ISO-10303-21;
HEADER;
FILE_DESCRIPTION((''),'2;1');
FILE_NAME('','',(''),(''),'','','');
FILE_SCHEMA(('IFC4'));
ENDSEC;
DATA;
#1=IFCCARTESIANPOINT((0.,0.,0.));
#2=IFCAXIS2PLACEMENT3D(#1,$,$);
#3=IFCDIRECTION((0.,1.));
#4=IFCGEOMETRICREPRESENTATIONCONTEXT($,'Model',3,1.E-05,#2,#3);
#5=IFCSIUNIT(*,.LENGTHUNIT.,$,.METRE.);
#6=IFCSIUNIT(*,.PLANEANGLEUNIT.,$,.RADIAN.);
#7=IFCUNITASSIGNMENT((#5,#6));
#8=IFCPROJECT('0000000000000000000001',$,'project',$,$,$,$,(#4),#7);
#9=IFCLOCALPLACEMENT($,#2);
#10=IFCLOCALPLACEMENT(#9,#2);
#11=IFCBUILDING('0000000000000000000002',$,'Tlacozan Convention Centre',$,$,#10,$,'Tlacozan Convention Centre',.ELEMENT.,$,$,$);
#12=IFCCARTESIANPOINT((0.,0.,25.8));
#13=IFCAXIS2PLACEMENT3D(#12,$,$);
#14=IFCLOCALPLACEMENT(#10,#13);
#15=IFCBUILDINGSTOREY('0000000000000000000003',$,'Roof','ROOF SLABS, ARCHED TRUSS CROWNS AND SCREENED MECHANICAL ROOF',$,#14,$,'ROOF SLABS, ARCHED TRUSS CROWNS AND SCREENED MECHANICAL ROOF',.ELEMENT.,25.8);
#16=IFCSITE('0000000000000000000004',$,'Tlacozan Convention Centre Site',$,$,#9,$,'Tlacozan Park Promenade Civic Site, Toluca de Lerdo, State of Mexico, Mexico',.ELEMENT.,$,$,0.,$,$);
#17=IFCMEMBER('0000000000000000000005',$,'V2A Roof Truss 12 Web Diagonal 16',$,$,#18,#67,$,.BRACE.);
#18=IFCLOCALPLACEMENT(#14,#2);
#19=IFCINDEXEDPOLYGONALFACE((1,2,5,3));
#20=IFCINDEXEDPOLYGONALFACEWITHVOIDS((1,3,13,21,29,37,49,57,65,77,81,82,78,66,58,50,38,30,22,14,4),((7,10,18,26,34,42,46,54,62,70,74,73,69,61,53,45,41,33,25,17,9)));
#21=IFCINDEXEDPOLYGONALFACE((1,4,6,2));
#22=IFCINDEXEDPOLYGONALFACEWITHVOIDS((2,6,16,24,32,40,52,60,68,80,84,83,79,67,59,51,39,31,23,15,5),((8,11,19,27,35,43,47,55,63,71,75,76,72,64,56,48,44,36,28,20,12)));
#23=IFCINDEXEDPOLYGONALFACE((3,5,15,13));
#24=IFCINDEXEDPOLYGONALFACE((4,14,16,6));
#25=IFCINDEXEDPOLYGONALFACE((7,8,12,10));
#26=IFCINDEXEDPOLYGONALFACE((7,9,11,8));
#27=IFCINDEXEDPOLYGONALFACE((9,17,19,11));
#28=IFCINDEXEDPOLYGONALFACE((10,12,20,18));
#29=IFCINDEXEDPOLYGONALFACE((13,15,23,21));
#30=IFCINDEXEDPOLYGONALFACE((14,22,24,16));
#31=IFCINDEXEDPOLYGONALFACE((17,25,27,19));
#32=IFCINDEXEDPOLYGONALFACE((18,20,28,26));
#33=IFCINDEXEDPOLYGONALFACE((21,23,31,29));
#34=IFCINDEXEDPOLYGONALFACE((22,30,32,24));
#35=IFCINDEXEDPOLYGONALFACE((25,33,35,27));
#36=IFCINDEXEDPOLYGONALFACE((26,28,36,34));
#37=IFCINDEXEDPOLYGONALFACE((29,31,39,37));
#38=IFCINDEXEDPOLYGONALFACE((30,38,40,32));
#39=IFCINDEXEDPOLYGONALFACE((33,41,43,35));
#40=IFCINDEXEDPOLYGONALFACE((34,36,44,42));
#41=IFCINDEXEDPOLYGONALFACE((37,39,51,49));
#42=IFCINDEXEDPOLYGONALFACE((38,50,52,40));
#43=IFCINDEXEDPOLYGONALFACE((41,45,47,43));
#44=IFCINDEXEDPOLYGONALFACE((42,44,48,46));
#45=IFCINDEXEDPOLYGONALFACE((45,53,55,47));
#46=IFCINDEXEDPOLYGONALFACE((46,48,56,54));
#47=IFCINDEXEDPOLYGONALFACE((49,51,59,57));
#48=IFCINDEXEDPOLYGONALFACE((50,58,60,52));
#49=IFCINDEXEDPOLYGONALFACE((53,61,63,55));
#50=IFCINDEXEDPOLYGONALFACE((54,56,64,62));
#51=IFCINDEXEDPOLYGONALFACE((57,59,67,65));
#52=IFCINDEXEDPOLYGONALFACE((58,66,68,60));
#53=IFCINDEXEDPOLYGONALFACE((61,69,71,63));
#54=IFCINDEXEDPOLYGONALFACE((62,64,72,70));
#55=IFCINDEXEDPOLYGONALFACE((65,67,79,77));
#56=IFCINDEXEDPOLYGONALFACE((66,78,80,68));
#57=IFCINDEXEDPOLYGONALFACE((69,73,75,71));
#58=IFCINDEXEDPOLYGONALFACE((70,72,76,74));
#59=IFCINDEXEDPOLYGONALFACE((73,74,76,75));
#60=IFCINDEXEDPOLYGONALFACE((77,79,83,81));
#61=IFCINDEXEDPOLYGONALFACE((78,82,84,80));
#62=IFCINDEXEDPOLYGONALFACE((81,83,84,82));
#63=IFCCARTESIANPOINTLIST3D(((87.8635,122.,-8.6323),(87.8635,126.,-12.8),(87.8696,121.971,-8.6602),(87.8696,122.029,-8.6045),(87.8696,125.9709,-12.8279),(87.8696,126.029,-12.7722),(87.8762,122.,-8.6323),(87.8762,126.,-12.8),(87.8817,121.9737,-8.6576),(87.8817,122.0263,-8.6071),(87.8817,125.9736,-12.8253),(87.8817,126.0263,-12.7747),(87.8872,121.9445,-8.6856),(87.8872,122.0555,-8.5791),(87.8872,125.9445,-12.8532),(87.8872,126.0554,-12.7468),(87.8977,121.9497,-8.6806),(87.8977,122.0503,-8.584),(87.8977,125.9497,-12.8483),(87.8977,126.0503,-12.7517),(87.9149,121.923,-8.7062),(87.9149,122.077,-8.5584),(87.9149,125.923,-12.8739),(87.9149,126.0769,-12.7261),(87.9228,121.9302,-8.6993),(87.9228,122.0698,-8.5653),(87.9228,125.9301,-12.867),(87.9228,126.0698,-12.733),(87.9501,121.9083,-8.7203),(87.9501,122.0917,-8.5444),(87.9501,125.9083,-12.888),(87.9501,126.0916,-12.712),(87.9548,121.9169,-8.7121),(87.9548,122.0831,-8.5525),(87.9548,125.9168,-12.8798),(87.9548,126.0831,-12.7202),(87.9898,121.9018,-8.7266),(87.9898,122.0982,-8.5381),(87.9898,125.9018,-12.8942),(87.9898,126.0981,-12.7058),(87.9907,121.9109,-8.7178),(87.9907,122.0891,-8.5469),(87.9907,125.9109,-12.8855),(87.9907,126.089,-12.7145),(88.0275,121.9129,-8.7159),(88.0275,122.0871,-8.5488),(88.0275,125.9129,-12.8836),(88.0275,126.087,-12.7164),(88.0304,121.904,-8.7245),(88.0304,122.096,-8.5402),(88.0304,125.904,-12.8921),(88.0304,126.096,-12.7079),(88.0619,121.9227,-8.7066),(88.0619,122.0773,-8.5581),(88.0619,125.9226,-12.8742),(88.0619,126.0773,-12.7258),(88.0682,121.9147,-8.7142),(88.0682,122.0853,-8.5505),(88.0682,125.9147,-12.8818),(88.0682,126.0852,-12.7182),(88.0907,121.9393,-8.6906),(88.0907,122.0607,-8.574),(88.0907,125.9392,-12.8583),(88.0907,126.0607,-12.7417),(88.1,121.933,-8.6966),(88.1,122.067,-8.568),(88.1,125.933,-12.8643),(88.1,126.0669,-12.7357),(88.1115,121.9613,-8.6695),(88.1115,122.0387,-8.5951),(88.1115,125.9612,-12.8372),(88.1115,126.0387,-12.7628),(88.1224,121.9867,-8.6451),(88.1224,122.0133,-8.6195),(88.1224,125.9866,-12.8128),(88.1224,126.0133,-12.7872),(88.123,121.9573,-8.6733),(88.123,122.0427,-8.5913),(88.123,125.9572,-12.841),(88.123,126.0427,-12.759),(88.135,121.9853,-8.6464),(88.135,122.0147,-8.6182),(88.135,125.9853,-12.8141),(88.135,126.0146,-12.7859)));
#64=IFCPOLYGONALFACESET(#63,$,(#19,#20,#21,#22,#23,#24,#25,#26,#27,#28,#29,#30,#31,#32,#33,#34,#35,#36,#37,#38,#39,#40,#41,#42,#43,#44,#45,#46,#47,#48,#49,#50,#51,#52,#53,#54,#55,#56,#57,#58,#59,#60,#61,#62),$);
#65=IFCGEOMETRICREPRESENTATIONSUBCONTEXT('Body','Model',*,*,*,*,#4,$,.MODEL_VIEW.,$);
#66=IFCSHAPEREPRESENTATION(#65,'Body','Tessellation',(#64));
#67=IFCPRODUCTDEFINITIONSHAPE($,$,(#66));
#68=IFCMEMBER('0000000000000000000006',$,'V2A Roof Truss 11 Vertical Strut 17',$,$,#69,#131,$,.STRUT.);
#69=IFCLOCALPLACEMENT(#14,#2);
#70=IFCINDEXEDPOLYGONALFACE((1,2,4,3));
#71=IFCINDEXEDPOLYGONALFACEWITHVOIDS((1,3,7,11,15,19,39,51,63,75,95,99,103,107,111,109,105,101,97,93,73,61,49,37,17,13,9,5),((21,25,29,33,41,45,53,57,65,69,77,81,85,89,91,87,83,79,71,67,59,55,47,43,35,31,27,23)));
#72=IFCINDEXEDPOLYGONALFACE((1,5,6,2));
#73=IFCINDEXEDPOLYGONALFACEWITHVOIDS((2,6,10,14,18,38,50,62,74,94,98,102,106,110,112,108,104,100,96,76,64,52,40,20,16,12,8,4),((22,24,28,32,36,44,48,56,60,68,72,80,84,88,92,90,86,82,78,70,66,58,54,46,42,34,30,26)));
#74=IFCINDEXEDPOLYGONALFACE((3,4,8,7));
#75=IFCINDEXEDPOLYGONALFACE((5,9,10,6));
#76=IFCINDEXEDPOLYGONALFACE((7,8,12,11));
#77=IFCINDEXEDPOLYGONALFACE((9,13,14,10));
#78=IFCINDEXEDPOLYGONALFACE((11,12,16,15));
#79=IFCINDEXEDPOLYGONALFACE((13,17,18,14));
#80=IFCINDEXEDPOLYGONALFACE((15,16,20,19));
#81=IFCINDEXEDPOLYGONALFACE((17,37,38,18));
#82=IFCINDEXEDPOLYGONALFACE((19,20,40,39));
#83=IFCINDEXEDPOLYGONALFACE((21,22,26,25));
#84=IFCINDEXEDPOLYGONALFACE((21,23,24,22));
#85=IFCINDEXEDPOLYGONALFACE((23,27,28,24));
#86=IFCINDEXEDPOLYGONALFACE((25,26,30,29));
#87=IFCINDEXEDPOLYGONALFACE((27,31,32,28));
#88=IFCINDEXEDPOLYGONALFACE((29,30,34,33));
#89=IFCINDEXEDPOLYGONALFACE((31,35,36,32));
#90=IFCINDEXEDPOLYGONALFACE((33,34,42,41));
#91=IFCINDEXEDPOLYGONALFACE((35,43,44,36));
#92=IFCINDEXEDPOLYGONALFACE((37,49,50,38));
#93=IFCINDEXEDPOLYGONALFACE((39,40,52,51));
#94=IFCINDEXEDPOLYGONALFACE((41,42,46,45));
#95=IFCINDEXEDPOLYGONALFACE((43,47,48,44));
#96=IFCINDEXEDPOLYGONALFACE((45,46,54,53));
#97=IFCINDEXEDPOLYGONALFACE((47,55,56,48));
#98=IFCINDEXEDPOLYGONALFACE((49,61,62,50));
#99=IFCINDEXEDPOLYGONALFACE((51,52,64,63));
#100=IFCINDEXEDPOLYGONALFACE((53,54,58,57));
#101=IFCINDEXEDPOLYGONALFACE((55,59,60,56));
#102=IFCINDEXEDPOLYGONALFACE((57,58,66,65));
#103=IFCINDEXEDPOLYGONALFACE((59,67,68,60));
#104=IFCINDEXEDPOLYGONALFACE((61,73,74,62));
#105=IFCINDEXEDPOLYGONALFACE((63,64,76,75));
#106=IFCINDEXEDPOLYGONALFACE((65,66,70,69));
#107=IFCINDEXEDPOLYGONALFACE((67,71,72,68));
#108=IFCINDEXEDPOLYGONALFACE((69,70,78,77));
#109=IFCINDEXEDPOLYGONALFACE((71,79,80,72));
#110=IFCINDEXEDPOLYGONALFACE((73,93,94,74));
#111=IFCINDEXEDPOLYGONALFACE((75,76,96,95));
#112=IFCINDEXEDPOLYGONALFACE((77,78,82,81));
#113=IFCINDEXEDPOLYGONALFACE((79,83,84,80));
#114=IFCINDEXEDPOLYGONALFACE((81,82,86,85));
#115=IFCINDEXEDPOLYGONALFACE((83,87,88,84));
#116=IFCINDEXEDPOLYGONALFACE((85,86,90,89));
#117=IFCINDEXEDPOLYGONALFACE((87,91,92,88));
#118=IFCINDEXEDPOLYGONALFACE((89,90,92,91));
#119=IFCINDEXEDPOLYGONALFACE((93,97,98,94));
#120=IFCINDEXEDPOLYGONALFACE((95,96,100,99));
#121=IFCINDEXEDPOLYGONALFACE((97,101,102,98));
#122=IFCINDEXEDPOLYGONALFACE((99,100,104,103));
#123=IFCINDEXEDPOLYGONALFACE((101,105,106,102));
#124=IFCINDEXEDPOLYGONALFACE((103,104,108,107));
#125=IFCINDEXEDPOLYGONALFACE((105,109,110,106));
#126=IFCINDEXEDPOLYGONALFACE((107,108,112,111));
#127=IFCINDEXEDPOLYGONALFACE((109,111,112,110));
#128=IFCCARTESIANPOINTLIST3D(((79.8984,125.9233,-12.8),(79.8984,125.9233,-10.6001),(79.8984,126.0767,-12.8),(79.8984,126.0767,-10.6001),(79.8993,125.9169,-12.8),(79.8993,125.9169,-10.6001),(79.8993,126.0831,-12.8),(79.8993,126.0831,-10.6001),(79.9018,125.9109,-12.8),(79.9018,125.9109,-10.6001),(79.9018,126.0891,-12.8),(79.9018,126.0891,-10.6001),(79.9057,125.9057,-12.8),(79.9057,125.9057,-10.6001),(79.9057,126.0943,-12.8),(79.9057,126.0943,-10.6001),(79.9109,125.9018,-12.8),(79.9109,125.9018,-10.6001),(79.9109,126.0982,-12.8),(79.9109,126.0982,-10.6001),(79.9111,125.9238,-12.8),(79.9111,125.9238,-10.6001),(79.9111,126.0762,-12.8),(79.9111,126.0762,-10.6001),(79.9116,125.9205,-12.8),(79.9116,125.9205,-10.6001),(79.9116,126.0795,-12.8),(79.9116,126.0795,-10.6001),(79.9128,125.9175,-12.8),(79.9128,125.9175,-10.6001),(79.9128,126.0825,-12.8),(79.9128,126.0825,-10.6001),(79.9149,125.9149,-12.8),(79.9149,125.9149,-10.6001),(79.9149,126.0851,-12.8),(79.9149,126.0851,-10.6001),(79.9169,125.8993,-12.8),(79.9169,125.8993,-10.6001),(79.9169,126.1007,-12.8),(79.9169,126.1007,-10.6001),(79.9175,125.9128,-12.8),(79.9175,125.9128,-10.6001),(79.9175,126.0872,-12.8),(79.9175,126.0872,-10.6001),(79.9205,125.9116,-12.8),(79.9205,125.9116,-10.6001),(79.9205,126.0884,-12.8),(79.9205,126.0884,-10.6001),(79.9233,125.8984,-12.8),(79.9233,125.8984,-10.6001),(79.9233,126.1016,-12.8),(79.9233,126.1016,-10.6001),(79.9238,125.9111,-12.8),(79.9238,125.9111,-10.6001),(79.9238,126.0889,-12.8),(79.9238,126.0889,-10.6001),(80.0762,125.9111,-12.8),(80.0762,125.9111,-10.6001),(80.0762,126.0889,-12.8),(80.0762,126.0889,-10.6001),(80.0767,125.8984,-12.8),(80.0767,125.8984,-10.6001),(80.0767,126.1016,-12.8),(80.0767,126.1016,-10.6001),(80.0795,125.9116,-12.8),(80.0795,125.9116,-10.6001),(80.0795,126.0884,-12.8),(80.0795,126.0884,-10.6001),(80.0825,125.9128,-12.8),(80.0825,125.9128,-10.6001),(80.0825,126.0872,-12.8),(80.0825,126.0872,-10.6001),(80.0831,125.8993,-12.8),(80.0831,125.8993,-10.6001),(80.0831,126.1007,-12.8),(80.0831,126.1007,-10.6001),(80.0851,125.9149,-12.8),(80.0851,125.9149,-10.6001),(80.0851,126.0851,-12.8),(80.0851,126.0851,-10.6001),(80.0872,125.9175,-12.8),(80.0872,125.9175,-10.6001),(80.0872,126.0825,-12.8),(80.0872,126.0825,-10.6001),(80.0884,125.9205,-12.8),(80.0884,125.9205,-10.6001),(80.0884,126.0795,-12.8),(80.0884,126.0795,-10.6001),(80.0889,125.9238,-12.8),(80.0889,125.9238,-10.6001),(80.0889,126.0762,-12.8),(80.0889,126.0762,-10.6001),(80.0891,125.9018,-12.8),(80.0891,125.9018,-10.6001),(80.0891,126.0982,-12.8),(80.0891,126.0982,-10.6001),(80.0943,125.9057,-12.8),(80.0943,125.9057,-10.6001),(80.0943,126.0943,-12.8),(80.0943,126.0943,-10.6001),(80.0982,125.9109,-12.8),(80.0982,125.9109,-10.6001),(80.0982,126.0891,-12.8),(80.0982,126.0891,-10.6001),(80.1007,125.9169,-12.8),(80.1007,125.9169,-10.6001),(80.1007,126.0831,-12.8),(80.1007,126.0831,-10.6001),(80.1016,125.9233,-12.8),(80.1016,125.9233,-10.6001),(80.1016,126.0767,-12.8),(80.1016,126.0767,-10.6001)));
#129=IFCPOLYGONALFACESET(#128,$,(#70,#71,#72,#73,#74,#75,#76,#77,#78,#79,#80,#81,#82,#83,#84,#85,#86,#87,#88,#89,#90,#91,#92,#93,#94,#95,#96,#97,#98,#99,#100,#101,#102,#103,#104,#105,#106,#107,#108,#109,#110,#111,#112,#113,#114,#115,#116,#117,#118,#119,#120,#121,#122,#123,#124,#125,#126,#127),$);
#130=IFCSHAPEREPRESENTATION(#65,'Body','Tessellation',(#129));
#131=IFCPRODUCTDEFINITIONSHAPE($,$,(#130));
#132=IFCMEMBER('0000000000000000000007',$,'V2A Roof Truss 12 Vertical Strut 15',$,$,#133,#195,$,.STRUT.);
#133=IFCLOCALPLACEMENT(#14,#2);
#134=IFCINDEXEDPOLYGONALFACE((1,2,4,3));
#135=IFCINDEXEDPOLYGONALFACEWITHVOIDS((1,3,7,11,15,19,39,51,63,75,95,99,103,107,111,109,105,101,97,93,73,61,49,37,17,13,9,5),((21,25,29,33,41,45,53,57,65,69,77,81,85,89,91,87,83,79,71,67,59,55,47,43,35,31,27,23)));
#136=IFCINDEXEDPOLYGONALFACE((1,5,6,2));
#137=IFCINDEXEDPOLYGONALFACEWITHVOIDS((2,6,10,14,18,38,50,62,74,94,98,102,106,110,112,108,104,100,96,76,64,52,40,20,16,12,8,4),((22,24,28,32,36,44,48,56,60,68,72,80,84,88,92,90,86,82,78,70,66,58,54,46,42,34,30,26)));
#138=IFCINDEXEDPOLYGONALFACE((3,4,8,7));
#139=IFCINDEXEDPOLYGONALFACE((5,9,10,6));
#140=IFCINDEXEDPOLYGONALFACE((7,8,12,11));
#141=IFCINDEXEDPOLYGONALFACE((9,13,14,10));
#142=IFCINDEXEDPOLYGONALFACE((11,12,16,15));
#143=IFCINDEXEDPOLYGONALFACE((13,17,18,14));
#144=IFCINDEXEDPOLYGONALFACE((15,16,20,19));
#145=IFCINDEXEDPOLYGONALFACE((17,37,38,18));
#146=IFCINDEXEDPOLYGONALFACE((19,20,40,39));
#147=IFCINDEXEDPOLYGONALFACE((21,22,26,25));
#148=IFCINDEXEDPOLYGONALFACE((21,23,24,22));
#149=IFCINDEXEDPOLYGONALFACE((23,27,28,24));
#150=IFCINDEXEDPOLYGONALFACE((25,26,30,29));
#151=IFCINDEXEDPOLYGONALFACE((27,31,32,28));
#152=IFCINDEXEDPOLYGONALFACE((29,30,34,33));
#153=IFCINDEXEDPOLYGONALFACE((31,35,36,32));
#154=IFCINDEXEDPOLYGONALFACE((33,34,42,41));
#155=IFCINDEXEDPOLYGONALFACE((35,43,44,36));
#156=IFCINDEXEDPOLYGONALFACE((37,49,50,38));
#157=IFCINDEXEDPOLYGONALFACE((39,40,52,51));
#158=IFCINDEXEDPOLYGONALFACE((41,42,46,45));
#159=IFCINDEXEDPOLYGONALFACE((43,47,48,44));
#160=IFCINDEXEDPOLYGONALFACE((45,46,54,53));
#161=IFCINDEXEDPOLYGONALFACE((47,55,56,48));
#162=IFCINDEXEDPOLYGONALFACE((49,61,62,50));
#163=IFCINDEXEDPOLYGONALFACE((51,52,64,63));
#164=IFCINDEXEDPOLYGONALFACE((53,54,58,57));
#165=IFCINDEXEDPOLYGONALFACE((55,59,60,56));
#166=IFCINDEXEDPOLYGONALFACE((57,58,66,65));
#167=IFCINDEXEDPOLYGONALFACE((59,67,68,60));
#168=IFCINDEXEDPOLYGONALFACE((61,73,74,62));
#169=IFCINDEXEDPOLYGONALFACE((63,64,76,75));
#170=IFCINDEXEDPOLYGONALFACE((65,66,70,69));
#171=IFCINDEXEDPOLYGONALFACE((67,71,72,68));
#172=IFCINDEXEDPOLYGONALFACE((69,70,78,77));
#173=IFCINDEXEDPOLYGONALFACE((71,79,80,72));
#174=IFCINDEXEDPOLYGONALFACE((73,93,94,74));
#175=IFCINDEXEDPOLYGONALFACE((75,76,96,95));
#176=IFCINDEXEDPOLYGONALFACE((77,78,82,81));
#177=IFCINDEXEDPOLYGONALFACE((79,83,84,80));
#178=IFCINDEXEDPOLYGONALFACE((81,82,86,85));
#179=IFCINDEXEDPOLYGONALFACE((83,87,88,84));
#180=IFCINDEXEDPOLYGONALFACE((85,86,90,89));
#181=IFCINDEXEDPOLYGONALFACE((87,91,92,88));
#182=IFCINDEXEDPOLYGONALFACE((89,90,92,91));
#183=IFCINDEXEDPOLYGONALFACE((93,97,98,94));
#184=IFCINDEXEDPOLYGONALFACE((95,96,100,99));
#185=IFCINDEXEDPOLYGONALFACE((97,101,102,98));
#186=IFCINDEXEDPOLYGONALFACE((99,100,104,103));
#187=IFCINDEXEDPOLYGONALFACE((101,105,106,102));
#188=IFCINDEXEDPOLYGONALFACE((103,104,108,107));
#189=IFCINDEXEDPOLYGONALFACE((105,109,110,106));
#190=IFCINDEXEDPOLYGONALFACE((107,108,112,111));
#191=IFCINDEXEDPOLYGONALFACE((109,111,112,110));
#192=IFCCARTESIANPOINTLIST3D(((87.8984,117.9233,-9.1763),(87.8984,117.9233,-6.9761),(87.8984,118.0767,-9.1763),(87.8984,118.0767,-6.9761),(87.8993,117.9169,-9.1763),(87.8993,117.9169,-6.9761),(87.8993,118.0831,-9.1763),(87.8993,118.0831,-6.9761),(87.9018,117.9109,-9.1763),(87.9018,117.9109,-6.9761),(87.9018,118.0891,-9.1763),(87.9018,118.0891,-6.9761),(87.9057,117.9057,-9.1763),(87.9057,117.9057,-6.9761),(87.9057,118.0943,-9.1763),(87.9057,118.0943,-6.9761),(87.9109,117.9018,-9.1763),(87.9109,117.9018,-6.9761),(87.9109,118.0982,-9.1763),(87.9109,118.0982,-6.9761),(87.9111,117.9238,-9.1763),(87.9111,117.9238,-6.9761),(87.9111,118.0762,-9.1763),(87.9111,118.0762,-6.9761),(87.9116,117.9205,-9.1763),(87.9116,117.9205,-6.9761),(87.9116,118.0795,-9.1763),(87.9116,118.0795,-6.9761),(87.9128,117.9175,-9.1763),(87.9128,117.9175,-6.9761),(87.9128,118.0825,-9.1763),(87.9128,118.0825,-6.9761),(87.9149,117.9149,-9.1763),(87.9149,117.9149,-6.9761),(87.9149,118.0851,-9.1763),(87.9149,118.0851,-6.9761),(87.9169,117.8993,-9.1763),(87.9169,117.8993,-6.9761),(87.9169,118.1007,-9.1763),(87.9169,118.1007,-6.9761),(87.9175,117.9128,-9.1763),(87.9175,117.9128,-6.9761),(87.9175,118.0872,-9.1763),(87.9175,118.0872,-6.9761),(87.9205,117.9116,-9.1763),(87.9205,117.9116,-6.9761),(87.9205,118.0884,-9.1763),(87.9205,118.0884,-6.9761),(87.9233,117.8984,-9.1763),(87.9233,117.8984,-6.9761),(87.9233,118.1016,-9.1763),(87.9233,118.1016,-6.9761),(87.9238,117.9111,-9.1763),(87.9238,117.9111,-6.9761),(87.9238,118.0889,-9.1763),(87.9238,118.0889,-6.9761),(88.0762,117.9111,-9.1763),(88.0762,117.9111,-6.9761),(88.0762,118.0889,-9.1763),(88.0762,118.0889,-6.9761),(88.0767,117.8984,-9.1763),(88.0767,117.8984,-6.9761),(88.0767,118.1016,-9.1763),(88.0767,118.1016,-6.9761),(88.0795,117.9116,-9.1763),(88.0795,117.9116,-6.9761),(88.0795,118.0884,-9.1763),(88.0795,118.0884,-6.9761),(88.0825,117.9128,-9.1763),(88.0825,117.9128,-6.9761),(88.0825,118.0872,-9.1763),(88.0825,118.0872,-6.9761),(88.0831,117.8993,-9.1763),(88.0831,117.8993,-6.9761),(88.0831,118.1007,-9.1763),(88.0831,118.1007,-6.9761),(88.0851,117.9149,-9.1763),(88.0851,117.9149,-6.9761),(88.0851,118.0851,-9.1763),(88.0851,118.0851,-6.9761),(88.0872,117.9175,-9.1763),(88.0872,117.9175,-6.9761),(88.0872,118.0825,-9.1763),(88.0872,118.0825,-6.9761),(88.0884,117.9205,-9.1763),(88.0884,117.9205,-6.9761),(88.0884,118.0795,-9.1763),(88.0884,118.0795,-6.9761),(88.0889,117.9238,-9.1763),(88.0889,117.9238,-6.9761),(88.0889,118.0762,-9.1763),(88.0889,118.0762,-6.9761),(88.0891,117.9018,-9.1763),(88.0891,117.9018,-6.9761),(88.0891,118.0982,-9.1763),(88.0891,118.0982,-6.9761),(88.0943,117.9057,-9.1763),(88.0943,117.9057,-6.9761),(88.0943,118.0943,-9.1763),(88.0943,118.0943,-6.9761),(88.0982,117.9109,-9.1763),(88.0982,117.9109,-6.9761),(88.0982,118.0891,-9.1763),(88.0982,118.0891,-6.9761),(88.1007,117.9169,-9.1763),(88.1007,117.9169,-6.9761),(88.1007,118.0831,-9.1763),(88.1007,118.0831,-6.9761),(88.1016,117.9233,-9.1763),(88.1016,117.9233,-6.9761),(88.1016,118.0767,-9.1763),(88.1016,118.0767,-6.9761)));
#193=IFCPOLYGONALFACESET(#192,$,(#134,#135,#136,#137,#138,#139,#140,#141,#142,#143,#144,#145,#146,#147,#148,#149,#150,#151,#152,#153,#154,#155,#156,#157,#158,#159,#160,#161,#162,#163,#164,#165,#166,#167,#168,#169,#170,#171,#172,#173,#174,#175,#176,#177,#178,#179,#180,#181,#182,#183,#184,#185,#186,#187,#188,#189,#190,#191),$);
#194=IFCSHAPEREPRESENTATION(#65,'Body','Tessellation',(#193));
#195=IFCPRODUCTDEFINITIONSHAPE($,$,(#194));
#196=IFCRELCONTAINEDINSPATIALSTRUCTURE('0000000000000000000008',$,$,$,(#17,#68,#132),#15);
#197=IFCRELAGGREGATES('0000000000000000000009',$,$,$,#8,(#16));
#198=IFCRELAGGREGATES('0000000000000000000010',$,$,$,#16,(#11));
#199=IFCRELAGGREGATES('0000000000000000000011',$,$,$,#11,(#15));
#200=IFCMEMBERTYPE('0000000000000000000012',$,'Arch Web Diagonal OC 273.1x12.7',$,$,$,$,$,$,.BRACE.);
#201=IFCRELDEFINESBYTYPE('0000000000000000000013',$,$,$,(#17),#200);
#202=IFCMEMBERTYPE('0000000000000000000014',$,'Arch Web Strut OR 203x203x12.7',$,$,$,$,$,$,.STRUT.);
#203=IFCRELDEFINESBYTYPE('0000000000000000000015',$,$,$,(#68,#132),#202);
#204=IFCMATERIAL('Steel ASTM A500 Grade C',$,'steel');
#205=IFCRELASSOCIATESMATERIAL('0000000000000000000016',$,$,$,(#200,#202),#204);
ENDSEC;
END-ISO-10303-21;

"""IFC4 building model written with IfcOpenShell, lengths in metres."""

from ifc_helpers import new_model, si_unit, direction, frame, origin, origin_2d, place, context, subcontext, project, spatial, hollow_rectangle, hollow_circle, extrude, material, material_profile, profile_set, type_object, element, save


model = new_model("IFC4")

# Units and contexts
model_context = context("Model", 3, precision=1e-05, world=origin(), true_north=direction((0.0, 1.0)))
body_context = subcontext(model_context, "Body", "Model", "MODEL_VIEW")
ifc_project = project(units=[si_unit("LENGTHUNIT", "METRE"), si_unit("PLANEANGLEUNIT", "RADIAN")], contexts=[model_context])

# Site, building, storey
site_placement = place(None, origin())
site = spatial("IfcSite", under=ifc_project, at=site_placement, Name="Tlacozan Convention Centre Site", LongName="Tlacozan Park Promenade Civic Site, Toluca de Lerdo, State of Mexico, Mexico", CompositionType="ELEMENT", RefElevation=0.0)
building_placement = place(site_placement, origin())
building = spatial("IfcBuilding", under=site, at=building_placement, Name="Tlacozan Convention Centre", LongName="Tlacozan Convention Centre", CompositionType="ELEMENT")
storey_placement = place(building_placement, frame((0.0, 0.0, 25.8)))
storey = spatial("IfcBuildingStorey", under=building, at=storey_placement, Name="Roof", Description="ROOF SLABS, ARCHED TRUSS CROWNS AND SCREENED MECHANICAL ROOF", LongName="ROOF SLABS, ARCHED TRUSS CROWNS AND SCREENED MECHANICAL ROOF", CompositionType="ELEMENT", Elevation=25.8)

# Members
ifc_material_1 = material(Name="Steel ASTM A500 Grade C", Category="steel")
ifc_material_profile_1 = material_profile(ifc_material_1, hollow_circle(Radius=0.1365, WallThickness=0.0127, at=origin_2d()), Name="OC 273.1x12.7")
ifc_profile_set_1 = profile_set([ifc_material_profile_1], Name="Steel ASTM A500 Grade C")
member_type_1 = type_object("IfcMemberType", Name="Arch Web Diagonal OC 273.1x12.7", PredefinedType="BRACE", material=ifc_profile_set_1)
for number, where, z_axis, x_axis, name in (
    (1, (88.0, 122.0, -8.6323), (0.0, 0.69244, -0.721475), (-1.0, 0.0, 0.0), "V2A Roof Truss 12 Web Diagonal 16"),
):
    element("IfcMember", number, at=place(storey_placement, frame(where, z_axis=z_axis, x_axis=x_axis)), inside=storey, type_object=member_type_1, Name=name, PredefinedType="BRACE", context=body_context, shape_type="SweptSolid", body=[
        extrude(hollow_circle(Radius=0.1365, WallThickness=0.0127, at=origin_2d()), origin(), (0.0, 0.0, 1.0), 5.7766),
    ])
ifc_material_profile_2 = material_profile(ifc_material_1, hollow_rectangle(XDim=0.2031, YDim=0.2031, WallThickness=0.0127, InnerFilletRadius=0.0127, OuterFilletRadius=0.0249, at=origin_2d()), Name="OR 203x203x12.7")
ifc_profile_set_2 = profile_set([ifc_material_profile_2], Name="Steel ASTM A500 Grade C")
member_type_2 = type_object("IfcMemberType", Name="Arch Web Strut OR 203x203x12.7", PredefinedType="STRUT", material=ifc_profile_set_2)
member_1_placement = place(storey_placement, frame((80.0, 126.0, -12.8), z_axis=(0.0, 0.0, 1.0), x_axis=(1.0, 0.0, 0.0)))
element("IfcMember", 2, at=member_1_placement, inside=storey, type_object=member_type_2, Name="V2A Roof Truss 11 Vertical Strut 17", PredefinedType="STRUT", context=body_context, shape_type="SweptSolid", body=[
    extrude(hollow_rectangle(XDim=0.2031, YDim=0.2031, WallThickness=0.0127, InnerFilletRadius=0.0127, OuterFilletRadius=0.0249, at=origin_2d()), origin(), (0.0, 0.0, 1.0), 2.2),
])
member_2_placement = place(storey_placement, frame((88.0, 118.0, -9.1763), z_axis=(0.0, 0.0, 1.0), x_axis=(1.0, 0.0, 0.0)))
element("IfcMember", 3, at=member_2_placement, inside=storey, type_object=member_type_2, Name="V2A Roof Truss 12 Vertical Strut 15", PredefinedType="STRUT", context=body_context, shape_type="SweptSolid", body=[
    extrude(hollow_rectangle(XDim=0.2031, YDim=0.2031, WallThickness=0.0127, InnerFilletRadius=0.0127, OuterFilletRadius=0.0249, at=origin_2d()), origin(), (0.0, 0.0, 1.0), 2.2002),
])

save(model, "model.ifc")
